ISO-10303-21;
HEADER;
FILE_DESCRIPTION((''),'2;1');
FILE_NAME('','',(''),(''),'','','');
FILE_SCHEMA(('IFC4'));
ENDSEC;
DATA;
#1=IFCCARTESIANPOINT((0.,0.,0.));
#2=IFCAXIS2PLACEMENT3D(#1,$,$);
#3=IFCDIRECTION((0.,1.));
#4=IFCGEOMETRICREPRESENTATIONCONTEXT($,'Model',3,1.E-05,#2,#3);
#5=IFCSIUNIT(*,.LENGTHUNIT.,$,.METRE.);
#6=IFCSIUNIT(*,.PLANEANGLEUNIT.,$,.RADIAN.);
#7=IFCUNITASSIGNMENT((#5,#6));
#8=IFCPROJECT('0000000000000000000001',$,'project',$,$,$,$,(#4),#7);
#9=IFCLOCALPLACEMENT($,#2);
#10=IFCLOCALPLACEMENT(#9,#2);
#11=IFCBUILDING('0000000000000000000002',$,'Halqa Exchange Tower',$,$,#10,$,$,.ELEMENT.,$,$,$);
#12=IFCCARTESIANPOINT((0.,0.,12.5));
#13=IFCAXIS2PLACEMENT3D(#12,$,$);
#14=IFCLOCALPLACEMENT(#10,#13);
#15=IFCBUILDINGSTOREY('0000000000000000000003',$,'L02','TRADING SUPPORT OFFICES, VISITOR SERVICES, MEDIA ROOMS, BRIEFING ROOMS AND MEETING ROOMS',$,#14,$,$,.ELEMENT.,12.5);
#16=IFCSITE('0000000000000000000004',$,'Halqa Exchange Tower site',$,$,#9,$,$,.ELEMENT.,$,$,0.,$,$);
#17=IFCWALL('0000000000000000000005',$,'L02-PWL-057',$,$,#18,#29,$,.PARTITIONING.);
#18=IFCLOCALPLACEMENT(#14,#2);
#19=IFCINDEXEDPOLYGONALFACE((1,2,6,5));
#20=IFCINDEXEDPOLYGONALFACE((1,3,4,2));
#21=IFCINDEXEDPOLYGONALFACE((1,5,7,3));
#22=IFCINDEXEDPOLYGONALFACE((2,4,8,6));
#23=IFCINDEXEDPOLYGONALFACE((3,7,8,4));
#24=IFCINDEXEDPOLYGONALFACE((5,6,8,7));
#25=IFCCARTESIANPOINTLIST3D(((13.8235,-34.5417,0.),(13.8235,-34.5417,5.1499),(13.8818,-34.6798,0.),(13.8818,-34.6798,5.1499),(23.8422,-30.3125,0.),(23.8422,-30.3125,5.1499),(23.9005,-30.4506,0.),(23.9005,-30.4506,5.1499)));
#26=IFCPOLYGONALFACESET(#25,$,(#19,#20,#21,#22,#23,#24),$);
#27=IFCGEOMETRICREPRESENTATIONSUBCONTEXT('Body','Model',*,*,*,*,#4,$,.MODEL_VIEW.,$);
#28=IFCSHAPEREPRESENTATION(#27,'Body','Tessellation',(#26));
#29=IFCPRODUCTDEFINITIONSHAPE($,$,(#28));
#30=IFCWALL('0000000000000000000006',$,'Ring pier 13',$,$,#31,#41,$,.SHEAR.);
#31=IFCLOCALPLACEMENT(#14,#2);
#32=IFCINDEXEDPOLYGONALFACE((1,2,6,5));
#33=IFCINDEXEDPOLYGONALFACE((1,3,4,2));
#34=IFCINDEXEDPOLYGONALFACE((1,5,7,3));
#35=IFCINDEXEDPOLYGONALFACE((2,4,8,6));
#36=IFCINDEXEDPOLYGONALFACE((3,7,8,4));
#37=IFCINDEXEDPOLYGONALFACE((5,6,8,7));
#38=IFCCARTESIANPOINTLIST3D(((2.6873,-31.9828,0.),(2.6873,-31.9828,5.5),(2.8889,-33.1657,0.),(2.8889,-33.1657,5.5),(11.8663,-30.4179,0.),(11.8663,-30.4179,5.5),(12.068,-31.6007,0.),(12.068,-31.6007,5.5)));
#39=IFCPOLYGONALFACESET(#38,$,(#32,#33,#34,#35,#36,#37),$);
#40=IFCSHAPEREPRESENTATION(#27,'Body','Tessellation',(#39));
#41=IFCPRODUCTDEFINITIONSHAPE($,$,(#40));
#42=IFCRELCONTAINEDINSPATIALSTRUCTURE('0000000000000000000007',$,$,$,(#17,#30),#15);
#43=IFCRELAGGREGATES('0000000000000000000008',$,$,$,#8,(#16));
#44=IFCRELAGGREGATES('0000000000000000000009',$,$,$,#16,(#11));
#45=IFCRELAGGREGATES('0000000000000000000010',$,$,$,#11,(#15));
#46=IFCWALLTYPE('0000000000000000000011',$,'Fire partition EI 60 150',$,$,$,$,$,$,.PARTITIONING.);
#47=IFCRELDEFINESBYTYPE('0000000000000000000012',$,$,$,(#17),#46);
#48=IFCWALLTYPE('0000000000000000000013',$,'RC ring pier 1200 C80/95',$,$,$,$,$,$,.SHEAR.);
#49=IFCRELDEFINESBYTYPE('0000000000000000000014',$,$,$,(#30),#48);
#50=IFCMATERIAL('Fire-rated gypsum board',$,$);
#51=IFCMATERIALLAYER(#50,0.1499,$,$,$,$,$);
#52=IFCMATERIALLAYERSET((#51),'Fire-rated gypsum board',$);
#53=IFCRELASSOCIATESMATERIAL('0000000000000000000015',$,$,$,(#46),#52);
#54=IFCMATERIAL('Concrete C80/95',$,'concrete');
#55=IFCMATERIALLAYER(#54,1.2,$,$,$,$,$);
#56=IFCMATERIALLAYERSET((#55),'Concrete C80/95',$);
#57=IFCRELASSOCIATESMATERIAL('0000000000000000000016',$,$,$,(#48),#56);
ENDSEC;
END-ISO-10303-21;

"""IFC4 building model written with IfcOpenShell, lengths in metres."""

from ifc_helpers import new_model, si_unit, direction, frame, frame_2d, origin, place, context, subcontext, project, spatial, rectangle, extrude, material, layer, layer_set, type_object, element, save


model = new_model("IFC4")

# Units and contexts
model_context = context("Model", 3, precision=1e-05, world=origin(), true_north=direction((0.0, 1.0)))
body_context = subcontext(model_context, "Body", "Model", "MODEL_VIEW")
ifc_project = project(units=[si_unit("LENGTHUNIT", "METRE"), si_unit("PLANEANGLEUNIT", "RADIAN")], contexts=[model_context])

# Site, building, storey
site_placement = place(None, origin())
site = spatial("IfcSite", under=ifc_project, at=site_placement, Name="Halqa Exchange Tower site", CompositionType="ELEMENT", RefElevation=0.0)
building_placement = place(site_placement, origin())
building = spatial("IfcBuilding", under=site, at=building_placement, Name="Halqa Exchange Tower", CompositionType="ELEMENT")
storey_placement = place(building_placement, frame((0.0, 0.0, 12.5)))
storey = spatial("IfcBuildingStorey", under=building, at=storey_placement, Name="L02", Description="TRADING SUPPORT OFFICES, VISITOR SERVICES, MEDIA ROOMS, BRIEFING ROOMS AND MEETING ROOMS", CompositionType="ELEMENT", Elevation=12.5)

# Shared definitions
ifc_material_1 = material(Name="Fire-rated gypsum board")
ifc_layer_1 = layer(ifc_material_1, 0.1499)
ifc_layer_set_1 = layer_set([ifc_layer_1], Name="Fire-rated gypsum board")
wall_type_1 = type_object("IfcWallType", Name="Fire partition EI 60 150", PredefinedType="PARTITIONING", material=ifc_layer_set_1)

# Walls
wall_1_placement = place(storey_placement, frame((13.8525, -34.6108, 0.0), z_axis=(0.0, 0.0, 1.0), x_axis=(0.921276, 0.388909, 0.0)))
element("IfcWall", 1, at=wall_1_placement, inside=storey, type_object=wall_type_1, Name="L02-PWL-057", PredefinedType="PARTITIONING", context=body_context, shape_type="SweptSolid", body=[
    extrude(rectangle(XDim=10.8748, YDim=0.1499, at=frame_2d((5.4375, 0.0))), origin(), (0.0, 0.0, 1.0), 5.1499),
])
ifc_material_2 = material(Name="Concrete C80/95", Category="concrete")
ifc_layer_2 = layer(ifc_material_2, 1.2)
ifc_layer_set_2 = layer_set([ifc_layer_2], Name="Concrete C80/95")
wall_type_2 = type_object("IfcWallType", Name="RC ring pier 1200 C80/95", PredefinedType="SHEAR", material=ifc_layer_set_2)
wall_2_placement = place(storey_placement, frame((2.7881, -32.5742, 0.0), z_axis=(0.0, 0.0, 1.0), x_axis=(0.985776, 0.168063, 0.0)))
element("IfcWall", 2, at=wall_2_placement, inside=storey, type_object=wall_type_2, Name="Ring pier 13", PredefinedType="SHEAR", context=body_context, shape_type="SweptSolid", body=[
    extrude(rectangle(XDim=9.3115, YDim=1.2, at=frame_2d((4.6558, 0.0))), origin(), (0.0, 0.0, 1.0), 5.5),
])

save(model, "model.ifc")
